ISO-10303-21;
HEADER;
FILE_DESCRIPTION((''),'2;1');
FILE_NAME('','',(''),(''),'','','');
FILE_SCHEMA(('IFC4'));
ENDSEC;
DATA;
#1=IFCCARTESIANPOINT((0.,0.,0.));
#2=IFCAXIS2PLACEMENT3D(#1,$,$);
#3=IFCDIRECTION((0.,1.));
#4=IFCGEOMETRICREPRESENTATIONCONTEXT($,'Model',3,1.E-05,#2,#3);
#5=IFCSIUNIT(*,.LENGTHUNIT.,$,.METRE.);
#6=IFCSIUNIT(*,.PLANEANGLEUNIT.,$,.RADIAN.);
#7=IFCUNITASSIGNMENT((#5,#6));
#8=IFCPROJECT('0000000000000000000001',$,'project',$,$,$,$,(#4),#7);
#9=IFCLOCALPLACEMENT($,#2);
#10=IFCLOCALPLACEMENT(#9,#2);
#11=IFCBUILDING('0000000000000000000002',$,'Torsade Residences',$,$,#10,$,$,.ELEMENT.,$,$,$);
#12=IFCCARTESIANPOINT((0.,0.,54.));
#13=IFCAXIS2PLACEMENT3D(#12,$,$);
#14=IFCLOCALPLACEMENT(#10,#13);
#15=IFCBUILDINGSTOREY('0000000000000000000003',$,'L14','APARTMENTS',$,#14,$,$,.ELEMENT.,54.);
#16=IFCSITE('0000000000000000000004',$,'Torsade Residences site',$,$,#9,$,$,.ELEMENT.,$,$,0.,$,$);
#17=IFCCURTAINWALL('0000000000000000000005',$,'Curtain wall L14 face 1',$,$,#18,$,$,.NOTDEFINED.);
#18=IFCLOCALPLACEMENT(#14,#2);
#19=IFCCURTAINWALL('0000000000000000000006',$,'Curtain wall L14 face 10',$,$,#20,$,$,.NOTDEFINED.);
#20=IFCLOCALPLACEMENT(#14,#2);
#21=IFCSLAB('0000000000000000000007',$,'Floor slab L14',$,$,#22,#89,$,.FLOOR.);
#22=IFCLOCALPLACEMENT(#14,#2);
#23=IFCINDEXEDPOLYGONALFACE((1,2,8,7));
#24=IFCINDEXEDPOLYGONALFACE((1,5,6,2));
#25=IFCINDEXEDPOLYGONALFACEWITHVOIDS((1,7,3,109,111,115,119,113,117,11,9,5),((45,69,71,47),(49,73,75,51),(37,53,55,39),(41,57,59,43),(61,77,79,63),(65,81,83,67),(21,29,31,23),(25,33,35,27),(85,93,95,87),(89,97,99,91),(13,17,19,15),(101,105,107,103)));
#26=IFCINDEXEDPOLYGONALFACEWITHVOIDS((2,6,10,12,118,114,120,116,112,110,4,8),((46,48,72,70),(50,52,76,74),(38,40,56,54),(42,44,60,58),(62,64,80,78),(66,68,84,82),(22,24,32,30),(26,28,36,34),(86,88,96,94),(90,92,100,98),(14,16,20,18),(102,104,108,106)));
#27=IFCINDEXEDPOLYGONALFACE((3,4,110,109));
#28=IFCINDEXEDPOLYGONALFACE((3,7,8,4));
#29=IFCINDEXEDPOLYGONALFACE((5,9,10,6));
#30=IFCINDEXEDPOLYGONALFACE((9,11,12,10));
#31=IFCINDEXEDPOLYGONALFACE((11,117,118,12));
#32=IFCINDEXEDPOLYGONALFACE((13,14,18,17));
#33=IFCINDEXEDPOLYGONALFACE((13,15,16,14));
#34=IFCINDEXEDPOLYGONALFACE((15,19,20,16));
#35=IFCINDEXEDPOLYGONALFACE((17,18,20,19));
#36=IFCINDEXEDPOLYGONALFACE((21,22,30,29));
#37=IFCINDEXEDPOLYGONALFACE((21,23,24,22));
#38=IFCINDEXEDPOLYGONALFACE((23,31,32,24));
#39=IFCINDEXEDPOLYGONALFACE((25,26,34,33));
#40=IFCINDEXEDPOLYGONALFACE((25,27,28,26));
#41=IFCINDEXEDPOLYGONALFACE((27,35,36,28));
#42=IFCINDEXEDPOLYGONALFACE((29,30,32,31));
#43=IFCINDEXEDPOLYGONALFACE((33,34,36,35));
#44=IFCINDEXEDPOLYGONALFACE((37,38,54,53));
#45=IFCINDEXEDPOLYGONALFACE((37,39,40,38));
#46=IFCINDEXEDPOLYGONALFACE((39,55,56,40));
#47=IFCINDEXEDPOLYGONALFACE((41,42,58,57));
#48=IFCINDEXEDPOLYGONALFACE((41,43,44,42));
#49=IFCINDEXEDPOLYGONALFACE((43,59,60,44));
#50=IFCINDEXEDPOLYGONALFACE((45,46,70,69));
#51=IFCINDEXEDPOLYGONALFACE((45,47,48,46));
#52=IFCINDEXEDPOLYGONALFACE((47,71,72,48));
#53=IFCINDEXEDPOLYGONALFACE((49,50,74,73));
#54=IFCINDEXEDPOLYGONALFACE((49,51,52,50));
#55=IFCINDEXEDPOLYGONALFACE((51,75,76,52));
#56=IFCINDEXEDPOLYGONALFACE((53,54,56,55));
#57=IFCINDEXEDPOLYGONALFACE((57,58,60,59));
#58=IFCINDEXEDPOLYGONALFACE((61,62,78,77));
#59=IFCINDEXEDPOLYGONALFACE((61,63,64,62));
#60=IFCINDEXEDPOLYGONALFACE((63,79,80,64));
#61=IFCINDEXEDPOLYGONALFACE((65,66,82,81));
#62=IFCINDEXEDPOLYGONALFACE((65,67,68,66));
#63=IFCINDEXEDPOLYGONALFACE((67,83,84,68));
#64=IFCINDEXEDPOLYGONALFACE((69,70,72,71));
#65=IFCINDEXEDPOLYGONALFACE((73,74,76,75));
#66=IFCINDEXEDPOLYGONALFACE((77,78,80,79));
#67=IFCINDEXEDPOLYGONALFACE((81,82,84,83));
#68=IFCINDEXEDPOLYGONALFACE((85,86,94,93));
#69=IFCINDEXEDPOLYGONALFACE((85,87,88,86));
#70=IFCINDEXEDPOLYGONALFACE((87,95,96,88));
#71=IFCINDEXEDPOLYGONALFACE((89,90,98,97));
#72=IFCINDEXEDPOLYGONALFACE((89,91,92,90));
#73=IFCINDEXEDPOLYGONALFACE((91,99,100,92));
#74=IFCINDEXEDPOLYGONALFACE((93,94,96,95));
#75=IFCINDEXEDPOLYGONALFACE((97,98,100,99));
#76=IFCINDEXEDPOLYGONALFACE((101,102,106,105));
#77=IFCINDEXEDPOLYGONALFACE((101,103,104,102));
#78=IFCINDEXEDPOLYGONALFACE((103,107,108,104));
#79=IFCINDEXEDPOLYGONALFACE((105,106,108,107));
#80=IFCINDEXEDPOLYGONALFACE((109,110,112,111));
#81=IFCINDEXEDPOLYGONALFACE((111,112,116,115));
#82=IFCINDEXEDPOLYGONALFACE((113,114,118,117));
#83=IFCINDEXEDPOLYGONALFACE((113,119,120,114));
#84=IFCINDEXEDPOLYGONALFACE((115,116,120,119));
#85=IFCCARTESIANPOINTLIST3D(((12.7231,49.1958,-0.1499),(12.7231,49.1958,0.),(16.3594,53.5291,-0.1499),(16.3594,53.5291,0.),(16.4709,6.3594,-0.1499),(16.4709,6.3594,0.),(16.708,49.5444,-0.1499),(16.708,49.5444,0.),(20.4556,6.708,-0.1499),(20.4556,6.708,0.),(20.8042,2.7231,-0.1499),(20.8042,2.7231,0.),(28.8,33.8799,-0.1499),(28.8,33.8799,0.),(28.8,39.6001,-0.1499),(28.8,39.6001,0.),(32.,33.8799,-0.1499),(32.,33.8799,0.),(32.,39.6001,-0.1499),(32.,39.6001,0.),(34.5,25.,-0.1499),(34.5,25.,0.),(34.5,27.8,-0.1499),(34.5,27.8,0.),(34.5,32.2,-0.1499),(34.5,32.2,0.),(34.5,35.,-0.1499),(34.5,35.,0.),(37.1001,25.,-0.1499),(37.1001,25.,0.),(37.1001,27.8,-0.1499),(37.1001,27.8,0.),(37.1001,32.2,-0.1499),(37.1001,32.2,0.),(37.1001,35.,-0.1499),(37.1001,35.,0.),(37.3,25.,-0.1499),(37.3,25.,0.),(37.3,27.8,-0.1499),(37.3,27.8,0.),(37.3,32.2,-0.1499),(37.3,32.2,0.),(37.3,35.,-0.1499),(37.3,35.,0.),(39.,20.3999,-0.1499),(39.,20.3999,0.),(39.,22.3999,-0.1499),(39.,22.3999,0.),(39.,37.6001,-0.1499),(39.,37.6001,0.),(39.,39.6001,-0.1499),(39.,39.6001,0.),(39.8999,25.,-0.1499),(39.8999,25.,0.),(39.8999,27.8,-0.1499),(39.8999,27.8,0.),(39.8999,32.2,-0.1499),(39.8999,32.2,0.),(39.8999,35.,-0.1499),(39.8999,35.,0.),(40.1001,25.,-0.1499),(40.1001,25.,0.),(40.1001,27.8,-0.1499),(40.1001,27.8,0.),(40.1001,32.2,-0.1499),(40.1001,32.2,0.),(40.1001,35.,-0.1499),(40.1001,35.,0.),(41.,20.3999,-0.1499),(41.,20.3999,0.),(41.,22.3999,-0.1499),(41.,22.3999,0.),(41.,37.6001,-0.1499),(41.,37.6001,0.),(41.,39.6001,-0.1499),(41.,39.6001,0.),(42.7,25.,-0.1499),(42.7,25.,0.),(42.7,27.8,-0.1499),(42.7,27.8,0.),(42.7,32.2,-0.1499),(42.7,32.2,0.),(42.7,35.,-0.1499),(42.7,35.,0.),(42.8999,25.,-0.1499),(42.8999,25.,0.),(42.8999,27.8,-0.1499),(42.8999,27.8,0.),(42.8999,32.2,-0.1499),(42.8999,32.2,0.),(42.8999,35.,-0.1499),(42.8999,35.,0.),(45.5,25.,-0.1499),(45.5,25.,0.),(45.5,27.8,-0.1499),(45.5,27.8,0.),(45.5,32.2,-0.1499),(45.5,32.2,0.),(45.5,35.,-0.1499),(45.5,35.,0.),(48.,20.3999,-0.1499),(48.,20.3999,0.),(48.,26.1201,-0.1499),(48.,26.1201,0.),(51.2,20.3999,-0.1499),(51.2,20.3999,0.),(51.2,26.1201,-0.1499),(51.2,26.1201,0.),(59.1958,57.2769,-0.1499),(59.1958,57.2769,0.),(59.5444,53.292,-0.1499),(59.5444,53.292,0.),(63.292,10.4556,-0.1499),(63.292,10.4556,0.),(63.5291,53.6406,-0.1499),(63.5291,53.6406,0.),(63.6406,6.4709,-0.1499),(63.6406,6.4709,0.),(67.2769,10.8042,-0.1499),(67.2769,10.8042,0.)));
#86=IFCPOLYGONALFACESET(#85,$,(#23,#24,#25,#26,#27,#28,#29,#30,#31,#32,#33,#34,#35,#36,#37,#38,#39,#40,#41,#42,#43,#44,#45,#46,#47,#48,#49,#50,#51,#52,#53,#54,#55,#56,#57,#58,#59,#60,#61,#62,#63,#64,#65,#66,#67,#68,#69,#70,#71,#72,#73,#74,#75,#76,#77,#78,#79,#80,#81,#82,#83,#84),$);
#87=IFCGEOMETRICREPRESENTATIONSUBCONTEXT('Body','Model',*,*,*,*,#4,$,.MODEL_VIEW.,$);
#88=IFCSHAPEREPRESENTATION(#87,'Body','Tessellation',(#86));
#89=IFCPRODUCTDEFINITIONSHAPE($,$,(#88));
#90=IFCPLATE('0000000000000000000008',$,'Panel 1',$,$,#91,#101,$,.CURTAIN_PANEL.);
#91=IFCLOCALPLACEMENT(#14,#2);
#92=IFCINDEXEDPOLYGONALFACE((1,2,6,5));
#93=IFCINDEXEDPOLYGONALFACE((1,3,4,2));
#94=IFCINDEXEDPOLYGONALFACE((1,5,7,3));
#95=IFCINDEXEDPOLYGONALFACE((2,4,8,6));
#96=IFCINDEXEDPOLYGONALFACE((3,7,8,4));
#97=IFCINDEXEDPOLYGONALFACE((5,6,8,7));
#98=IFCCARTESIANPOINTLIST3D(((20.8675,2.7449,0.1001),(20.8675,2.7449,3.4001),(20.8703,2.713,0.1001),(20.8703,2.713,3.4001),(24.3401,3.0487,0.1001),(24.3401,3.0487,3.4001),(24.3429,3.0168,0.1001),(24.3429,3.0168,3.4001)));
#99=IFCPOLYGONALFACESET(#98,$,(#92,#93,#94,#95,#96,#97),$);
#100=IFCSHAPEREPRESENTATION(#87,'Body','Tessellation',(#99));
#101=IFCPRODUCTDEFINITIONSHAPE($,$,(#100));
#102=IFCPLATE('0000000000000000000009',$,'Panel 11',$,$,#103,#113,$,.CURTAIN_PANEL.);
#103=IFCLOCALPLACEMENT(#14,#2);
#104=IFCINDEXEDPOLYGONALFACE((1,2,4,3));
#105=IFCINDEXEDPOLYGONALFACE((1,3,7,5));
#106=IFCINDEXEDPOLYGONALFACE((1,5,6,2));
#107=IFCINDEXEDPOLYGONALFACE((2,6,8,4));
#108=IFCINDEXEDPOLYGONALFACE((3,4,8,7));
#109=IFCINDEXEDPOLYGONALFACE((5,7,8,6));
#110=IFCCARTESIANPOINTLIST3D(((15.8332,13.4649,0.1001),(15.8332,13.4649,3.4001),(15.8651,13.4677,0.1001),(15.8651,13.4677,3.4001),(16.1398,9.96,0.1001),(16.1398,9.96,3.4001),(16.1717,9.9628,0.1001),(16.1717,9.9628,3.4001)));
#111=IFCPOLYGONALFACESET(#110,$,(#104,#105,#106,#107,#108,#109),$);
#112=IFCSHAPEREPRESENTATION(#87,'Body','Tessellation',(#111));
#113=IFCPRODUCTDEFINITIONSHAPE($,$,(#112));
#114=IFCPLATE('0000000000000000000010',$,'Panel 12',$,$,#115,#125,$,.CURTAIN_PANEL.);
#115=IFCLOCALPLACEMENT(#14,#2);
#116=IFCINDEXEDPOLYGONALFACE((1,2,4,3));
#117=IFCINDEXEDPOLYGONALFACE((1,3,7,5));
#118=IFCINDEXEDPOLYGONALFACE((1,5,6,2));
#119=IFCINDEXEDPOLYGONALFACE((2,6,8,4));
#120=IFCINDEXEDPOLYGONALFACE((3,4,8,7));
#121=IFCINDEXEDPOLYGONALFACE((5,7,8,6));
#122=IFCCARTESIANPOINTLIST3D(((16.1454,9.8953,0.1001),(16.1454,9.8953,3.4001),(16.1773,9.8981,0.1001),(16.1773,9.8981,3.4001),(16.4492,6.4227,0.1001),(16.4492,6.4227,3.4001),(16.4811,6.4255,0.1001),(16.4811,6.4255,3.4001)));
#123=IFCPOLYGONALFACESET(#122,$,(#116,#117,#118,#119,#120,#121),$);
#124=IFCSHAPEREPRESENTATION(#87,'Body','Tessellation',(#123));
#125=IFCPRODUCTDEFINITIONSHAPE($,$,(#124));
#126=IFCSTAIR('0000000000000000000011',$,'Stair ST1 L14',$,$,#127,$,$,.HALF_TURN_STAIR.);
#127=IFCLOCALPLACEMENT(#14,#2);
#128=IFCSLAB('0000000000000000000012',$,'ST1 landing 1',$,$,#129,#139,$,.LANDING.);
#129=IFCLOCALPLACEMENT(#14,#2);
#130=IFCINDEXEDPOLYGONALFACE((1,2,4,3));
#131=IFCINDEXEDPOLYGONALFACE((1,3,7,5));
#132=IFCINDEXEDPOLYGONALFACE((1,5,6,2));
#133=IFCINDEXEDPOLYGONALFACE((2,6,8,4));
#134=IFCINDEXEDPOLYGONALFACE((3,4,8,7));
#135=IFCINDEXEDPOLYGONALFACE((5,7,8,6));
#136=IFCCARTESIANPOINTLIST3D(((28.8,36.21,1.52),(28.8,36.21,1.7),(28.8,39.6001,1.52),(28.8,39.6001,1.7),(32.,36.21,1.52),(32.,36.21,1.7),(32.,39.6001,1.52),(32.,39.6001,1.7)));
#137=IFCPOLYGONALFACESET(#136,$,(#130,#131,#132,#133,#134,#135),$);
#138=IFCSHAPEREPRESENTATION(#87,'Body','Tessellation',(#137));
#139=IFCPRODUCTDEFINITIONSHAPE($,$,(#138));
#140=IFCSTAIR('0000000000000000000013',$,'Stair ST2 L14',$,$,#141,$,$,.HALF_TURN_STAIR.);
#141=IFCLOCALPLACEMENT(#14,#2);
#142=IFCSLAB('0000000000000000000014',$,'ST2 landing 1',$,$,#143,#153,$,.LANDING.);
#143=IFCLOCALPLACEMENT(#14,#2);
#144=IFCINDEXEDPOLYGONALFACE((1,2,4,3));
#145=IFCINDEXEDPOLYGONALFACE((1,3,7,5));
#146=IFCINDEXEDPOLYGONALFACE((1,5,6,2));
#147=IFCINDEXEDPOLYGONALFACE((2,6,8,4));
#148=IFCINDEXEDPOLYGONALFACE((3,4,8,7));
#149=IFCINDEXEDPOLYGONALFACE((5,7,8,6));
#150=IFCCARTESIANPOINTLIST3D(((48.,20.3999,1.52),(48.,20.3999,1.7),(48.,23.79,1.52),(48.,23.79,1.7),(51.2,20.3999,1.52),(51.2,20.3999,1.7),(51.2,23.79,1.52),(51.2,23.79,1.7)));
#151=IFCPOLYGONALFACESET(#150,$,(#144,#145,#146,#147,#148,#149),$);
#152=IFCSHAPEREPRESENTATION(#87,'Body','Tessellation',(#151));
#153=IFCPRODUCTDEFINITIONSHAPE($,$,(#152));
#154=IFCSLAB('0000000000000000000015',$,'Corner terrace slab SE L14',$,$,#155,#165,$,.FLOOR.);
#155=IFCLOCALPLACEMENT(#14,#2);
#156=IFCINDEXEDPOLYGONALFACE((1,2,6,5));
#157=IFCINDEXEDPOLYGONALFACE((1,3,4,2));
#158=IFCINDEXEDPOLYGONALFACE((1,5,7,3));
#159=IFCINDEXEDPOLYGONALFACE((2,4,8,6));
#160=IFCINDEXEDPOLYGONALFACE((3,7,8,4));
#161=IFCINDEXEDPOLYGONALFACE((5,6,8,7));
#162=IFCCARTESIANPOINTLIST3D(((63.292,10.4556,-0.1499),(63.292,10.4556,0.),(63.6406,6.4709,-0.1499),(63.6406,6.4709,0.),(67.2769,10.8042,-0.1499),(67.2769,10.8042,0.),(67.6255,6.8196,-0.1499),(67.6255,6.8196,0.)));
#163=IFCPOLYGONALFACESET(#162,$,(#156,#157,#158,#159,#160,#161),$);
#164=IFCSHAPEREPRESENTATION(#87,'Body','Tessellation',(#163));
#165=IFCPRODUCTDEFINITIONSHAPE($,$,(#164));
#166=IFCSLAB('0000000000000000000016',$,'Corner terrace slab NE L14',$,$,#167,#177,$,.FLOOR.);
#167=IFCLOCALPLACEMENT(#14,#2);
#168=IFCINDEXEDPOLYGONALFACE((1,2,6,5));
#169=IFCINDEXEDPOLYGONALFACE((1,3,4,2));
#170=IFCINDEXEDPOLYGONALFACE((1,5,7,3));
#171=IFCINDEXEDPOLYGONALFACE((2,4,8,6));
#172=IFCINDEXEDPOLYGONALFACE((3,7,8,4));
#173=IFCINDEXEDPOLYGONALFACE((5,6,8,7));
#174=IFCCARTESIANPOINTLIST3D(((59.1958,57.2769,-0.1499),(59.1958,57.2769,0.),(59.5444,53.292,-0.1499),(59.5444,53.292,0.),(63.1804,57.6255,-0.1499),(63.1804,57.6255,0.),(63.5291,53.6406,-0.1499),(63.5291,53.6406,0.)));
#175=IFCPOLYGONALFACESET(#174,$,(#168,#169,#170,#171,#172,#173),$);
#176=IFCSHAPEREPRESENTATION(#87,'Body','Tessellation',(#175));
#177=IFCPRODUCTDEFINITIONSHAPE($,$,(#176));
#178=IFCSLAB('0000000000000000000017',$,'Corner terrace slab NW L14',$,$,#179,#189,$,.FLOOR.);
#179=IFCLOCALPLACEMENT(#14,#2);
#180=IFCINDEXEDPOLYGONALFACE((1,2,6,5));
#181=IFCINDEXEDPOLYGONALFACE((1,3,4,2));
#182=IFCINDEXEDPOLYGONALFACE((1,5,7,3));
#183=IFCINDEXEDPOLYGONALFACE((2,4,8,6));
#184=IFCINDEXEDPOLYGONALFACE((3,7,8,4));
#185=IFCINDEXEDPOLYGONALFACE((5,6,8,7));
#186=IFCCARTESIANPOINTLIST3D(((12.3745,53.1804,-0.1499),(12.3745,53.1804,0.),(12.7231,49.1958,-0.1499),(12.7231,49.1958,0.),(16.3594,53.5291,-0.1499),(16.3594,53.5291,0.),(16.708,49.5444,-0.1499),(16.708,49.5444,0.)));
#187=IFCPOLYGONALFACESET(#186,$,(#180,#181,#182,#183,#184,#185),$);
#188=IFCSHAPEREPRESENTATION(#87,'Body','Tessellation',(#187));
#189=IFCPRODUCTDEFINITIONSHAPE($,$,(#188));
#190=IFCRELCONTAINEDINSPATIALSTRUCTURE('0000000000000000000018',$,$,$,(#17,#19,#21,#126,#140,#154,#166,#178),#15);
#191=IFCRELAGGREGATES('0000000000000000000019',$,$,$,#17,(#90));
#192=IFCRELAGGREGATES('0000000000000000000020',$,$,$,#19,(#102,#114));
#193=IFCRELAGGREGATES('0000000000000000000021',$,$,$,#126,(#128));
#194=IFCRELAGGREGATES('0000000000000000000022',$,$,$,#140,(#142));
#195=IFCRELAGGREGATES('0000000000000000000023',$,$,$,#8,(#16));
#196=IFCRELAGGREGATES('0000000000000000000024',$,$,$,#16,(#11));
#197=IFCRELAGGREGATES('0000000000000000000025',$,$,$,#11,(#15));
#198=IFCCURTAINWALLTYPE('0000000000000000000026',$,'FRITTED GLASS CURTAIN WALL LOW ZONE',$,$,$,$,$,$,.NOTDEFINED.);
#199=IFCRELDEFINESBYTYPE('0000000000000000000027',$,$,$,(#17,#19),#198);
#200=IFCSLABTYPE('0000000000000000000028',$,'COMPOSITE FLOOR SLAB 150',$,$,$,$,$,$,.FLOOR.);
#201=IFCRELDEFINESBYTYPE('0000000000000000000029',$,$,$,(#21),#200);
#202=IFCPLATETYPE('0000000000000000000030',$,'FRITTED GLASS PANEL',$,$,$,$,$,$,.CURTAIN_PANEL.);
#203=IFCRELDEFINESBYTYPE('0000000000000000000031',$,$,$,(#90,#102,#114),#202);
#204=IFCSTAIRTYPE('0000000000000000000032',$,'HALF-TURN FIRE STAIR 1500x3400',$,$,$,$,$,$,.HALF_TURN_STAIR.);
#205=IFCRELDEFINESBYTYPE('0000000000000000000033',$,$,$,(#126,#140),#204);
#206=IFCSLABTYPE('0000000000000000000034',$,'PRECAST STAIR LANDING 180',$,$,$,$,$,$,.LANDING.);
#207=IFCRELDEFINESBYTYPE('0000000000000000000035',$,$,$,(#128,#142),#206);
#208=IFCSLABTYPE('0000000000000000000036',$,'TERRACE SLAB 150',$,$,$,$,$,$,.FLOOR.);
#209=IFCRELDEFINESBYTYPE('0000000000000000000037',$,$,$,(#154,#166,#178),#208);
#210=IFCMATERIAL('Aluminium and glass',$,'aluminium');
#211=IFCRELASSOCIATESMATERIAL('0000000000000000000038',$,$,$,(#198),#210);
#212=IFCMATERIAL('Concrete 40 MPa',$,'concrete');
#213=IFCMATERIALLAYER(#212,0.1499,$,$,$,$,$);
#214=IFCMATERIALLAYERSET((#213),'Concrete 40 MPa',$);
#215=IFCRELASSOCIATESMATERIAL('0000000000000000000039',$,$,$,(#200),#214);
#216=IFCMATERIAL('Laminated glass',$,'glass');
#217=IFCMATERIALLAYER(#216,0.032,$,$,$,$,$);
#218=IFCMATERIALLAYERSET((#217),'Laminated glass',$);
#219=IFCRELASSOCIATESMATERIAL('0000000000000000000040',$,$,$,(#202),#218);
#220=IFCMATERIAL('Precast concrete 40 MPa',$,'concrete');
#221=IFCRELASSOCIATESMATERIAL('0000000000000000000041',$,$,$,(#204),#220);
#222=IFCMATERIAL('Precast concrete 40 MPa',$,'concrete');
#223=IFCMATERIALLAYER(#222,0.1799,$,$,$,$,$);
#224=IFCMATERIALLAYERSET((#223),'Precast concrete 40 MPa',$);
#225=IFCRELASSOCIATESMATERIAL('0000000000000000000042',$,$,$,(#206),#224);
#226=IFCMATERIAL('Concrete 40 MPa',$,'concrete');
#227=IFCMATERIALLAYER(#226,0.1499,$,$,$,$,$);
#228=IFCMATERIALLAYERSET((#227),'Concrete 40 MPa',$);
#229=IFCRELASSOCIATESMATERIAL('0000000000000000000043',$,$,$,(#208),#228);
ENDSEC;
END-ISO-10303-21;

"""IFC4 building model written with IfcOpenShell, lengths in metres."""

from ifc_helpers import new_model, si_unit, direction, frame, origin, origin_2d, place, context, subcontext, project, spatial, polyline, rectangle, outline, extrude, material, layer, layer_set, type_object, element, aggregate, save


model = new_model("IFC4")

# Units and contexts
model_context = context("Model", 3, precision=1e-05, world=origin(), true_north=direction((0.0, 1.0)))
body_context = subcontext(model_context, "Body", "Model", "MODEL_VIEW")
ifc_project = project(units=[si_unit("LENGTHUNIT", "METRE"), si_unit("PLANEANGLEUNIT", "RADIAN")], contexts=[model_context])

# Site, building, storey
site_placement = place(None, origin())
site = spatial("IfcSite", under=ifc_project, at=site_placement, Name="Torsade Residences site", CompositionType="ELEMENT", RefElevation=0.0)
building_placement = place(site_placement, origin())
building = spatial("IfcBuilding", under=site, at=building_placement, Name="Torsade Residences", CompositionType="ELEMENT")
storey_placement = place(building_placement, frame((0.0, 0.0, 54.0)))
storey = spatial("IfcBuildingStorey", under=building, at=storey_placement, Name="L14", Description="APARTMENTS", CompositionType="ELEMENT", Elevation=54.0)

# Curtain wall
ifc_material_1 = material(Name="Aluminium and glass", Category="aluminium")
curtain_wall_type = type_object("IfcCurtainWallType", Name="FRITTED GLASS CURTAIN WALL LOW ZONE", PredefinedType="NOTDEFINED", material=ifc_material_1)
curtain_wall_1_placement = place(storey_placement, origin())
curtain_wall_1 = element("IfcCurtainWall", 1, at=curtain_wall_1_placement, inside=storey, type_object=curtain_wall_type, Name="Curtain wall L14 face 1", PredefinedType="NOTDEFINED")

# Curtain wall
curtain_wall_2_placement = place(storey_placement, origin())
curtain_wall_2 = element("IfcCurtainWall", 2, at=curtain_wall_2_placement, inside=storey, type_object=curtain_wall_type, Name="Curtain wall L14 face 10", PredefinedType="NOTDEFINED")

# Slab
ifc_material_2 = material(Name="Concrete 40 MPa", Category="concrete")
ifc_layer_1 = layer(ifc_material_2, 0.1499)
ifc_layer_set_1 = layer_set([ifc_layer_1], Name="Concrete 40 MPa")
slab_type_1 = type_object("IfcSlabType", Name="COMPOSITE FLOOR SLAB 150", PredefinedType="FLOOR", material=ifc_layer_set_1)
slab_1_placement = place(storey_placement, frame((0.0, 0.0, -0.1499)))
element("IfcSlab", 3, at=slab_1_placement, inside=storey, type_object=slab_type_1, Name="Floor slab L14", PredefinedType="FLOOR", context=body_context, shape_type="SweptSolid", body=[
    extrude(outline(polyline([(20.8042, 2.7231), (63.6406, 6.4709), (63.292, 10.4556), (67.2769, 10.8042), (63.5291, 53.6406), (59.5444, 53.292), (59.1958, 57.2769), (16.3594, 53.5291), (16.708, 49.5444), (12.7231, 49.1958), (16.4709, 6.3594), (20.4556, 6.708), (20.8042, 2.7231)]), holes=[polyline([(51.2, 20.3999), (51.2, 26.1201), (48.0, 26.1201), (48.0, 20.3999), (51.2, 20.3999)]), polyline([(45.5, 27.8), (42.8999, 27.8), (42.8999, 25.0), (45.5, 25.0), (45.5, 27.8)]), polyline([(45.5, 32.2), (45.5, 35.0), (42.8999, 35.0), (42.8999, 32.2), (45.5, 32.2)]), polyline([(42.7, 25.0), (42.7, 27.8), (40.1001, 27.8), (40.1001, 25.0), (42.7, 25.0)]), polyline([(42.7, 32.2), (42.7, 35.0), (40.1001, 35.0), (40.1001, 32.2), (42.7, 32.2)]), polyline([(41.0, 22.3999), (39.0, 22.3999), (39.0, 20.3999), (41.0, 20.3999), (41.0, 22.3999)]), polyline([(41.0, 37.6001), (41.0, 39.6001), (39.0, 39.6001), (39.0, 37.6001), (41.0, 37.6001)]), polyline([(39.8999, 25.0), (39.8999, 27.8), (37.3, 27.8), (37.3, 25.0), (39.8999, 25.0)]), polyline([(39.8999, 35.0), (37.3, 35.0), (37.3, 32.2), (39.8999, 32.2), (39.8999, 35.0)]), polyline([(37.1001, 27.8), (34.5, 27.8), (34.5, 25.0), (37.1001, 25.0), (37.1001, 27.8)]), polyline([(37.1001, 32.2), (37.1001, 35.0), (34.5, 35.0), (34.5, 32.2), (37.1001, 32.2)]), polyline([(32.0, 33.8799), (32.0, 39.6001), (28.8, 39.6001), (28.8, 33.8799), (32.0, 33.8799)])]), origin(), (0.0, 0.0, 1.0), 0.1499),
])

# Plates
ifc_material_3 = material(Name="Laminated glass", Category="glass")
ifc_layer_2 = layer(ifc_material_3, 0.032)
ifc_layer_set_2 = layer_set([ifc_layer_2], Name="Laminated glass")
plate_type = type_object("IfcPlateType", Name="FRITTED GLASS PANEL", PredefinedType="CURTAIN_PANEL", material=ifc_layer_set_2)
plate_1_placement = place(storey_placement, frame((22.6052, 2.8809, 0.1001), z_axis=(0.0, 0.0, 1.0), x_axis=(0.996195, 0.087156, 0.0)))
plate_1 = element("IfcPlate", 4, at=plate_1_placement, type_object=plate_type, Name="Panel 1", PredefinedType="CURTAIN_PANEL", context=body_context, shape_type="SweptSolid", body=[
    extrude(rectangle(XDim=3.4858, YDim=0.032, at=origin_2d()), origin(), (0.0, 0.0, 1.0), 3.3),
])
aggregate(curtain_wall_1, [plate_1])
plate_2_placement = place(storey_placement, frame((16.0024, 11.7139, 0.1001), z_axis=(0.0, 0.0, 1.0), x_axis=(0.087156, -0.996195, 0.0)))
plate_2 = element("IfcPlate", 5, at=plate_2_placement, type_object=plate_type, Name="Panel 11", PredefinedType="CURTAIN_PANEL", context=body_context, shape_type="SweptSolid", body=[
    extrude(rectangle(XDim=3.5183, YDim=0.032, at=origin_2d()), origin(), (0.0, 0.0, 1.0), 3.3),
])
plate_3_placement = place(storey_placement, frame((16.3132, 8.1604, 0.1001), z_axis=(0.0, 0.0, 1.0), x_axis=(0.087156, -0.996195, 0.0)))
plate_3 = element("IfcPlate", 6, at=plate_3_placement, type_object=plate_type, Name="Panel 12", PredefinedType="CURTAIN_PANEL", context=body_context, shape_type="SweptSolid", body=[
    extrude(rectangle(XDim=3.4858, YDim=0.032, at=origin_2d()), origin(), (0.0, 0.0, 1.0), 3.3),
])
aggregate(curtain_wall_2, [plate_2, plate_3])

# Stairs, slabs
ifc_material_4 = material(Name="Precast concrete 40 MPa", Category="concrete")
stair_type = type_object("IfcStairType", Name="HALF-TURN FIRE STAIR 1500x3400", PredefinedType="HALF_TURN_STAIR", material=ifc_material_4)
stair_1_placement = place(storey_placement, origin())
stair_1 = element("IfcStair", 7, at=stair_1_placement, inside=storey, type_object=stair_type, Name="Stair ST1 L14", PredefinedType="HALF_TURN_STAIR")
ifc_material_5 = material(Name="Precast concrete 40 MPa", Category="concrete")
ifc_layer_3 = layer(ifc_material_5, 0.1799)
ifc_layer_set_3 = layer_set([ifc_layer_3], Name="Precast concrete 40 MPa")
slab_type_2 = type_object("IfcSlabType", Name="PRECAST STAIR LANDING 180", PredefinedType="LANDING", material=ifc_layer_set_3)
slab_2_placement = place(storey_placement, frame((0.0, 0.0, 1.52)))
slab_2 = element("IfcSlab", 8, at=slab_2_placement, type_object=slab_type_2, Name="ST1 landing 1", PredefinedType="LANDING", context=body_context, shape_type="SweptSolid", body=[
    extrude(outline(polyline([(28.8, 36.21), (32.0, 36.21), (32.0, 39.6001), (28.8, 39.6001), (28.8, 36.21)])), origin(), (0.0, 0.0, 1.0), 0.1799),
])
aggregate(stair_1, [slab_2])
stair_2_placement = place(storey_placement, origin())
stair_2 = element("IfcStair", 9, at=stair_2_placement, inside=storey, type_object=stair_type, Name="Stair ST2 L14", PredefinedType="HALF_TURN_STAIR")
slab_3_placement = place(storey_placement, frame((0.0, 0.0, 1.52)))
slab_3 = element("IfcSlab", 10, at=slab_3_placement, type_object=slab_type_2, Name="ST2 landing 1", PredefinedType="LANDING", context=body_context, shape_type="SweptSolid", body=[
    extrude(outline(polyline([(48.0, 20.3999), (51.2, 20.3999), (51.2, 23.79), (48.0, 23.79), (48.0, 20.3999)])), origin(), (0.0, 0.0, 1.0), 0.1799),
])
aggregate(stair_2, [slab_3])

# Slabs
ifc_material_6 = material(Name="Concrete 40 MPa", Category="concrete")
ifc_layer_4 = layer(ifc_material_6, 0.1499)
ifc_layer_set_4 = layer_set([ifc_layer_4], Name="Concrete 40 MPa")
slab_type_3 = type_object("IfcSlabType", Name="TERRACE SLAB 150", PredefinedType="FLOOR", material=ifc_layer_set_4)
slab_4_placement = place(storey_placement, frame((0.0, 0.0, -0.1499)))
element("IfcSlab", 11, at=slab_4_placement, inside=storey, type_object=slab_type_3, Name="Corner terrace slab SE L14", PredefinedType="FLOOR", context=body_context, shape_type="SweptSolid", body=[
    extrude(outline(polyline([(63.6406, 6.4709), (67.6255, 6.8196), (67.2769, 10.8042), (63.292, 10.4556), (63.6406, 6.4709)])), origin(), (0.0, 0.0, 1.0), 0.1499),
])
slab_5_placement = place(storey_placement, frame((0.0, 0.0, -0.1499)))
element("IfcSlab", 12, at=slab_5_placement, inside=storey, type_object=slab_type_3, Name="Corner terrace slab NE L14", PredefinedType="FLOOR", context=body_context, shape_type="SweptSolid", body=[
    extrude(outline(polyline([(59.5444, 53.292), (63.5291, 53.6406), (63.1804, 57.6255), (59.1958, 57.2769), (59.5444, 53.292)])), origin(), (0.0, 0.0, 1.0), 0.1499),
])
slab_6_placement = place(storey_placement, frame((0.0, 0.0, -0.1499)))
element("IfcSlab", 13, at=slab_6_placement, inside=storey, type_object=slab_type_3, Name="Corner terrace slab NW L14", PredefinedType="FLOOR", context=body_context, shape_type="SweptSolid", body=[
    extrude(outline(polyline([(12.7231, 49.1958), (16.708, 49.5444), (16.3594, 53.5291), (12.3745, 53.1804), (12.7231, 49.1958)])), origin(), (0.0, 0.0, 1.0), 0.1499),
])

save(model, "model.ifc")
